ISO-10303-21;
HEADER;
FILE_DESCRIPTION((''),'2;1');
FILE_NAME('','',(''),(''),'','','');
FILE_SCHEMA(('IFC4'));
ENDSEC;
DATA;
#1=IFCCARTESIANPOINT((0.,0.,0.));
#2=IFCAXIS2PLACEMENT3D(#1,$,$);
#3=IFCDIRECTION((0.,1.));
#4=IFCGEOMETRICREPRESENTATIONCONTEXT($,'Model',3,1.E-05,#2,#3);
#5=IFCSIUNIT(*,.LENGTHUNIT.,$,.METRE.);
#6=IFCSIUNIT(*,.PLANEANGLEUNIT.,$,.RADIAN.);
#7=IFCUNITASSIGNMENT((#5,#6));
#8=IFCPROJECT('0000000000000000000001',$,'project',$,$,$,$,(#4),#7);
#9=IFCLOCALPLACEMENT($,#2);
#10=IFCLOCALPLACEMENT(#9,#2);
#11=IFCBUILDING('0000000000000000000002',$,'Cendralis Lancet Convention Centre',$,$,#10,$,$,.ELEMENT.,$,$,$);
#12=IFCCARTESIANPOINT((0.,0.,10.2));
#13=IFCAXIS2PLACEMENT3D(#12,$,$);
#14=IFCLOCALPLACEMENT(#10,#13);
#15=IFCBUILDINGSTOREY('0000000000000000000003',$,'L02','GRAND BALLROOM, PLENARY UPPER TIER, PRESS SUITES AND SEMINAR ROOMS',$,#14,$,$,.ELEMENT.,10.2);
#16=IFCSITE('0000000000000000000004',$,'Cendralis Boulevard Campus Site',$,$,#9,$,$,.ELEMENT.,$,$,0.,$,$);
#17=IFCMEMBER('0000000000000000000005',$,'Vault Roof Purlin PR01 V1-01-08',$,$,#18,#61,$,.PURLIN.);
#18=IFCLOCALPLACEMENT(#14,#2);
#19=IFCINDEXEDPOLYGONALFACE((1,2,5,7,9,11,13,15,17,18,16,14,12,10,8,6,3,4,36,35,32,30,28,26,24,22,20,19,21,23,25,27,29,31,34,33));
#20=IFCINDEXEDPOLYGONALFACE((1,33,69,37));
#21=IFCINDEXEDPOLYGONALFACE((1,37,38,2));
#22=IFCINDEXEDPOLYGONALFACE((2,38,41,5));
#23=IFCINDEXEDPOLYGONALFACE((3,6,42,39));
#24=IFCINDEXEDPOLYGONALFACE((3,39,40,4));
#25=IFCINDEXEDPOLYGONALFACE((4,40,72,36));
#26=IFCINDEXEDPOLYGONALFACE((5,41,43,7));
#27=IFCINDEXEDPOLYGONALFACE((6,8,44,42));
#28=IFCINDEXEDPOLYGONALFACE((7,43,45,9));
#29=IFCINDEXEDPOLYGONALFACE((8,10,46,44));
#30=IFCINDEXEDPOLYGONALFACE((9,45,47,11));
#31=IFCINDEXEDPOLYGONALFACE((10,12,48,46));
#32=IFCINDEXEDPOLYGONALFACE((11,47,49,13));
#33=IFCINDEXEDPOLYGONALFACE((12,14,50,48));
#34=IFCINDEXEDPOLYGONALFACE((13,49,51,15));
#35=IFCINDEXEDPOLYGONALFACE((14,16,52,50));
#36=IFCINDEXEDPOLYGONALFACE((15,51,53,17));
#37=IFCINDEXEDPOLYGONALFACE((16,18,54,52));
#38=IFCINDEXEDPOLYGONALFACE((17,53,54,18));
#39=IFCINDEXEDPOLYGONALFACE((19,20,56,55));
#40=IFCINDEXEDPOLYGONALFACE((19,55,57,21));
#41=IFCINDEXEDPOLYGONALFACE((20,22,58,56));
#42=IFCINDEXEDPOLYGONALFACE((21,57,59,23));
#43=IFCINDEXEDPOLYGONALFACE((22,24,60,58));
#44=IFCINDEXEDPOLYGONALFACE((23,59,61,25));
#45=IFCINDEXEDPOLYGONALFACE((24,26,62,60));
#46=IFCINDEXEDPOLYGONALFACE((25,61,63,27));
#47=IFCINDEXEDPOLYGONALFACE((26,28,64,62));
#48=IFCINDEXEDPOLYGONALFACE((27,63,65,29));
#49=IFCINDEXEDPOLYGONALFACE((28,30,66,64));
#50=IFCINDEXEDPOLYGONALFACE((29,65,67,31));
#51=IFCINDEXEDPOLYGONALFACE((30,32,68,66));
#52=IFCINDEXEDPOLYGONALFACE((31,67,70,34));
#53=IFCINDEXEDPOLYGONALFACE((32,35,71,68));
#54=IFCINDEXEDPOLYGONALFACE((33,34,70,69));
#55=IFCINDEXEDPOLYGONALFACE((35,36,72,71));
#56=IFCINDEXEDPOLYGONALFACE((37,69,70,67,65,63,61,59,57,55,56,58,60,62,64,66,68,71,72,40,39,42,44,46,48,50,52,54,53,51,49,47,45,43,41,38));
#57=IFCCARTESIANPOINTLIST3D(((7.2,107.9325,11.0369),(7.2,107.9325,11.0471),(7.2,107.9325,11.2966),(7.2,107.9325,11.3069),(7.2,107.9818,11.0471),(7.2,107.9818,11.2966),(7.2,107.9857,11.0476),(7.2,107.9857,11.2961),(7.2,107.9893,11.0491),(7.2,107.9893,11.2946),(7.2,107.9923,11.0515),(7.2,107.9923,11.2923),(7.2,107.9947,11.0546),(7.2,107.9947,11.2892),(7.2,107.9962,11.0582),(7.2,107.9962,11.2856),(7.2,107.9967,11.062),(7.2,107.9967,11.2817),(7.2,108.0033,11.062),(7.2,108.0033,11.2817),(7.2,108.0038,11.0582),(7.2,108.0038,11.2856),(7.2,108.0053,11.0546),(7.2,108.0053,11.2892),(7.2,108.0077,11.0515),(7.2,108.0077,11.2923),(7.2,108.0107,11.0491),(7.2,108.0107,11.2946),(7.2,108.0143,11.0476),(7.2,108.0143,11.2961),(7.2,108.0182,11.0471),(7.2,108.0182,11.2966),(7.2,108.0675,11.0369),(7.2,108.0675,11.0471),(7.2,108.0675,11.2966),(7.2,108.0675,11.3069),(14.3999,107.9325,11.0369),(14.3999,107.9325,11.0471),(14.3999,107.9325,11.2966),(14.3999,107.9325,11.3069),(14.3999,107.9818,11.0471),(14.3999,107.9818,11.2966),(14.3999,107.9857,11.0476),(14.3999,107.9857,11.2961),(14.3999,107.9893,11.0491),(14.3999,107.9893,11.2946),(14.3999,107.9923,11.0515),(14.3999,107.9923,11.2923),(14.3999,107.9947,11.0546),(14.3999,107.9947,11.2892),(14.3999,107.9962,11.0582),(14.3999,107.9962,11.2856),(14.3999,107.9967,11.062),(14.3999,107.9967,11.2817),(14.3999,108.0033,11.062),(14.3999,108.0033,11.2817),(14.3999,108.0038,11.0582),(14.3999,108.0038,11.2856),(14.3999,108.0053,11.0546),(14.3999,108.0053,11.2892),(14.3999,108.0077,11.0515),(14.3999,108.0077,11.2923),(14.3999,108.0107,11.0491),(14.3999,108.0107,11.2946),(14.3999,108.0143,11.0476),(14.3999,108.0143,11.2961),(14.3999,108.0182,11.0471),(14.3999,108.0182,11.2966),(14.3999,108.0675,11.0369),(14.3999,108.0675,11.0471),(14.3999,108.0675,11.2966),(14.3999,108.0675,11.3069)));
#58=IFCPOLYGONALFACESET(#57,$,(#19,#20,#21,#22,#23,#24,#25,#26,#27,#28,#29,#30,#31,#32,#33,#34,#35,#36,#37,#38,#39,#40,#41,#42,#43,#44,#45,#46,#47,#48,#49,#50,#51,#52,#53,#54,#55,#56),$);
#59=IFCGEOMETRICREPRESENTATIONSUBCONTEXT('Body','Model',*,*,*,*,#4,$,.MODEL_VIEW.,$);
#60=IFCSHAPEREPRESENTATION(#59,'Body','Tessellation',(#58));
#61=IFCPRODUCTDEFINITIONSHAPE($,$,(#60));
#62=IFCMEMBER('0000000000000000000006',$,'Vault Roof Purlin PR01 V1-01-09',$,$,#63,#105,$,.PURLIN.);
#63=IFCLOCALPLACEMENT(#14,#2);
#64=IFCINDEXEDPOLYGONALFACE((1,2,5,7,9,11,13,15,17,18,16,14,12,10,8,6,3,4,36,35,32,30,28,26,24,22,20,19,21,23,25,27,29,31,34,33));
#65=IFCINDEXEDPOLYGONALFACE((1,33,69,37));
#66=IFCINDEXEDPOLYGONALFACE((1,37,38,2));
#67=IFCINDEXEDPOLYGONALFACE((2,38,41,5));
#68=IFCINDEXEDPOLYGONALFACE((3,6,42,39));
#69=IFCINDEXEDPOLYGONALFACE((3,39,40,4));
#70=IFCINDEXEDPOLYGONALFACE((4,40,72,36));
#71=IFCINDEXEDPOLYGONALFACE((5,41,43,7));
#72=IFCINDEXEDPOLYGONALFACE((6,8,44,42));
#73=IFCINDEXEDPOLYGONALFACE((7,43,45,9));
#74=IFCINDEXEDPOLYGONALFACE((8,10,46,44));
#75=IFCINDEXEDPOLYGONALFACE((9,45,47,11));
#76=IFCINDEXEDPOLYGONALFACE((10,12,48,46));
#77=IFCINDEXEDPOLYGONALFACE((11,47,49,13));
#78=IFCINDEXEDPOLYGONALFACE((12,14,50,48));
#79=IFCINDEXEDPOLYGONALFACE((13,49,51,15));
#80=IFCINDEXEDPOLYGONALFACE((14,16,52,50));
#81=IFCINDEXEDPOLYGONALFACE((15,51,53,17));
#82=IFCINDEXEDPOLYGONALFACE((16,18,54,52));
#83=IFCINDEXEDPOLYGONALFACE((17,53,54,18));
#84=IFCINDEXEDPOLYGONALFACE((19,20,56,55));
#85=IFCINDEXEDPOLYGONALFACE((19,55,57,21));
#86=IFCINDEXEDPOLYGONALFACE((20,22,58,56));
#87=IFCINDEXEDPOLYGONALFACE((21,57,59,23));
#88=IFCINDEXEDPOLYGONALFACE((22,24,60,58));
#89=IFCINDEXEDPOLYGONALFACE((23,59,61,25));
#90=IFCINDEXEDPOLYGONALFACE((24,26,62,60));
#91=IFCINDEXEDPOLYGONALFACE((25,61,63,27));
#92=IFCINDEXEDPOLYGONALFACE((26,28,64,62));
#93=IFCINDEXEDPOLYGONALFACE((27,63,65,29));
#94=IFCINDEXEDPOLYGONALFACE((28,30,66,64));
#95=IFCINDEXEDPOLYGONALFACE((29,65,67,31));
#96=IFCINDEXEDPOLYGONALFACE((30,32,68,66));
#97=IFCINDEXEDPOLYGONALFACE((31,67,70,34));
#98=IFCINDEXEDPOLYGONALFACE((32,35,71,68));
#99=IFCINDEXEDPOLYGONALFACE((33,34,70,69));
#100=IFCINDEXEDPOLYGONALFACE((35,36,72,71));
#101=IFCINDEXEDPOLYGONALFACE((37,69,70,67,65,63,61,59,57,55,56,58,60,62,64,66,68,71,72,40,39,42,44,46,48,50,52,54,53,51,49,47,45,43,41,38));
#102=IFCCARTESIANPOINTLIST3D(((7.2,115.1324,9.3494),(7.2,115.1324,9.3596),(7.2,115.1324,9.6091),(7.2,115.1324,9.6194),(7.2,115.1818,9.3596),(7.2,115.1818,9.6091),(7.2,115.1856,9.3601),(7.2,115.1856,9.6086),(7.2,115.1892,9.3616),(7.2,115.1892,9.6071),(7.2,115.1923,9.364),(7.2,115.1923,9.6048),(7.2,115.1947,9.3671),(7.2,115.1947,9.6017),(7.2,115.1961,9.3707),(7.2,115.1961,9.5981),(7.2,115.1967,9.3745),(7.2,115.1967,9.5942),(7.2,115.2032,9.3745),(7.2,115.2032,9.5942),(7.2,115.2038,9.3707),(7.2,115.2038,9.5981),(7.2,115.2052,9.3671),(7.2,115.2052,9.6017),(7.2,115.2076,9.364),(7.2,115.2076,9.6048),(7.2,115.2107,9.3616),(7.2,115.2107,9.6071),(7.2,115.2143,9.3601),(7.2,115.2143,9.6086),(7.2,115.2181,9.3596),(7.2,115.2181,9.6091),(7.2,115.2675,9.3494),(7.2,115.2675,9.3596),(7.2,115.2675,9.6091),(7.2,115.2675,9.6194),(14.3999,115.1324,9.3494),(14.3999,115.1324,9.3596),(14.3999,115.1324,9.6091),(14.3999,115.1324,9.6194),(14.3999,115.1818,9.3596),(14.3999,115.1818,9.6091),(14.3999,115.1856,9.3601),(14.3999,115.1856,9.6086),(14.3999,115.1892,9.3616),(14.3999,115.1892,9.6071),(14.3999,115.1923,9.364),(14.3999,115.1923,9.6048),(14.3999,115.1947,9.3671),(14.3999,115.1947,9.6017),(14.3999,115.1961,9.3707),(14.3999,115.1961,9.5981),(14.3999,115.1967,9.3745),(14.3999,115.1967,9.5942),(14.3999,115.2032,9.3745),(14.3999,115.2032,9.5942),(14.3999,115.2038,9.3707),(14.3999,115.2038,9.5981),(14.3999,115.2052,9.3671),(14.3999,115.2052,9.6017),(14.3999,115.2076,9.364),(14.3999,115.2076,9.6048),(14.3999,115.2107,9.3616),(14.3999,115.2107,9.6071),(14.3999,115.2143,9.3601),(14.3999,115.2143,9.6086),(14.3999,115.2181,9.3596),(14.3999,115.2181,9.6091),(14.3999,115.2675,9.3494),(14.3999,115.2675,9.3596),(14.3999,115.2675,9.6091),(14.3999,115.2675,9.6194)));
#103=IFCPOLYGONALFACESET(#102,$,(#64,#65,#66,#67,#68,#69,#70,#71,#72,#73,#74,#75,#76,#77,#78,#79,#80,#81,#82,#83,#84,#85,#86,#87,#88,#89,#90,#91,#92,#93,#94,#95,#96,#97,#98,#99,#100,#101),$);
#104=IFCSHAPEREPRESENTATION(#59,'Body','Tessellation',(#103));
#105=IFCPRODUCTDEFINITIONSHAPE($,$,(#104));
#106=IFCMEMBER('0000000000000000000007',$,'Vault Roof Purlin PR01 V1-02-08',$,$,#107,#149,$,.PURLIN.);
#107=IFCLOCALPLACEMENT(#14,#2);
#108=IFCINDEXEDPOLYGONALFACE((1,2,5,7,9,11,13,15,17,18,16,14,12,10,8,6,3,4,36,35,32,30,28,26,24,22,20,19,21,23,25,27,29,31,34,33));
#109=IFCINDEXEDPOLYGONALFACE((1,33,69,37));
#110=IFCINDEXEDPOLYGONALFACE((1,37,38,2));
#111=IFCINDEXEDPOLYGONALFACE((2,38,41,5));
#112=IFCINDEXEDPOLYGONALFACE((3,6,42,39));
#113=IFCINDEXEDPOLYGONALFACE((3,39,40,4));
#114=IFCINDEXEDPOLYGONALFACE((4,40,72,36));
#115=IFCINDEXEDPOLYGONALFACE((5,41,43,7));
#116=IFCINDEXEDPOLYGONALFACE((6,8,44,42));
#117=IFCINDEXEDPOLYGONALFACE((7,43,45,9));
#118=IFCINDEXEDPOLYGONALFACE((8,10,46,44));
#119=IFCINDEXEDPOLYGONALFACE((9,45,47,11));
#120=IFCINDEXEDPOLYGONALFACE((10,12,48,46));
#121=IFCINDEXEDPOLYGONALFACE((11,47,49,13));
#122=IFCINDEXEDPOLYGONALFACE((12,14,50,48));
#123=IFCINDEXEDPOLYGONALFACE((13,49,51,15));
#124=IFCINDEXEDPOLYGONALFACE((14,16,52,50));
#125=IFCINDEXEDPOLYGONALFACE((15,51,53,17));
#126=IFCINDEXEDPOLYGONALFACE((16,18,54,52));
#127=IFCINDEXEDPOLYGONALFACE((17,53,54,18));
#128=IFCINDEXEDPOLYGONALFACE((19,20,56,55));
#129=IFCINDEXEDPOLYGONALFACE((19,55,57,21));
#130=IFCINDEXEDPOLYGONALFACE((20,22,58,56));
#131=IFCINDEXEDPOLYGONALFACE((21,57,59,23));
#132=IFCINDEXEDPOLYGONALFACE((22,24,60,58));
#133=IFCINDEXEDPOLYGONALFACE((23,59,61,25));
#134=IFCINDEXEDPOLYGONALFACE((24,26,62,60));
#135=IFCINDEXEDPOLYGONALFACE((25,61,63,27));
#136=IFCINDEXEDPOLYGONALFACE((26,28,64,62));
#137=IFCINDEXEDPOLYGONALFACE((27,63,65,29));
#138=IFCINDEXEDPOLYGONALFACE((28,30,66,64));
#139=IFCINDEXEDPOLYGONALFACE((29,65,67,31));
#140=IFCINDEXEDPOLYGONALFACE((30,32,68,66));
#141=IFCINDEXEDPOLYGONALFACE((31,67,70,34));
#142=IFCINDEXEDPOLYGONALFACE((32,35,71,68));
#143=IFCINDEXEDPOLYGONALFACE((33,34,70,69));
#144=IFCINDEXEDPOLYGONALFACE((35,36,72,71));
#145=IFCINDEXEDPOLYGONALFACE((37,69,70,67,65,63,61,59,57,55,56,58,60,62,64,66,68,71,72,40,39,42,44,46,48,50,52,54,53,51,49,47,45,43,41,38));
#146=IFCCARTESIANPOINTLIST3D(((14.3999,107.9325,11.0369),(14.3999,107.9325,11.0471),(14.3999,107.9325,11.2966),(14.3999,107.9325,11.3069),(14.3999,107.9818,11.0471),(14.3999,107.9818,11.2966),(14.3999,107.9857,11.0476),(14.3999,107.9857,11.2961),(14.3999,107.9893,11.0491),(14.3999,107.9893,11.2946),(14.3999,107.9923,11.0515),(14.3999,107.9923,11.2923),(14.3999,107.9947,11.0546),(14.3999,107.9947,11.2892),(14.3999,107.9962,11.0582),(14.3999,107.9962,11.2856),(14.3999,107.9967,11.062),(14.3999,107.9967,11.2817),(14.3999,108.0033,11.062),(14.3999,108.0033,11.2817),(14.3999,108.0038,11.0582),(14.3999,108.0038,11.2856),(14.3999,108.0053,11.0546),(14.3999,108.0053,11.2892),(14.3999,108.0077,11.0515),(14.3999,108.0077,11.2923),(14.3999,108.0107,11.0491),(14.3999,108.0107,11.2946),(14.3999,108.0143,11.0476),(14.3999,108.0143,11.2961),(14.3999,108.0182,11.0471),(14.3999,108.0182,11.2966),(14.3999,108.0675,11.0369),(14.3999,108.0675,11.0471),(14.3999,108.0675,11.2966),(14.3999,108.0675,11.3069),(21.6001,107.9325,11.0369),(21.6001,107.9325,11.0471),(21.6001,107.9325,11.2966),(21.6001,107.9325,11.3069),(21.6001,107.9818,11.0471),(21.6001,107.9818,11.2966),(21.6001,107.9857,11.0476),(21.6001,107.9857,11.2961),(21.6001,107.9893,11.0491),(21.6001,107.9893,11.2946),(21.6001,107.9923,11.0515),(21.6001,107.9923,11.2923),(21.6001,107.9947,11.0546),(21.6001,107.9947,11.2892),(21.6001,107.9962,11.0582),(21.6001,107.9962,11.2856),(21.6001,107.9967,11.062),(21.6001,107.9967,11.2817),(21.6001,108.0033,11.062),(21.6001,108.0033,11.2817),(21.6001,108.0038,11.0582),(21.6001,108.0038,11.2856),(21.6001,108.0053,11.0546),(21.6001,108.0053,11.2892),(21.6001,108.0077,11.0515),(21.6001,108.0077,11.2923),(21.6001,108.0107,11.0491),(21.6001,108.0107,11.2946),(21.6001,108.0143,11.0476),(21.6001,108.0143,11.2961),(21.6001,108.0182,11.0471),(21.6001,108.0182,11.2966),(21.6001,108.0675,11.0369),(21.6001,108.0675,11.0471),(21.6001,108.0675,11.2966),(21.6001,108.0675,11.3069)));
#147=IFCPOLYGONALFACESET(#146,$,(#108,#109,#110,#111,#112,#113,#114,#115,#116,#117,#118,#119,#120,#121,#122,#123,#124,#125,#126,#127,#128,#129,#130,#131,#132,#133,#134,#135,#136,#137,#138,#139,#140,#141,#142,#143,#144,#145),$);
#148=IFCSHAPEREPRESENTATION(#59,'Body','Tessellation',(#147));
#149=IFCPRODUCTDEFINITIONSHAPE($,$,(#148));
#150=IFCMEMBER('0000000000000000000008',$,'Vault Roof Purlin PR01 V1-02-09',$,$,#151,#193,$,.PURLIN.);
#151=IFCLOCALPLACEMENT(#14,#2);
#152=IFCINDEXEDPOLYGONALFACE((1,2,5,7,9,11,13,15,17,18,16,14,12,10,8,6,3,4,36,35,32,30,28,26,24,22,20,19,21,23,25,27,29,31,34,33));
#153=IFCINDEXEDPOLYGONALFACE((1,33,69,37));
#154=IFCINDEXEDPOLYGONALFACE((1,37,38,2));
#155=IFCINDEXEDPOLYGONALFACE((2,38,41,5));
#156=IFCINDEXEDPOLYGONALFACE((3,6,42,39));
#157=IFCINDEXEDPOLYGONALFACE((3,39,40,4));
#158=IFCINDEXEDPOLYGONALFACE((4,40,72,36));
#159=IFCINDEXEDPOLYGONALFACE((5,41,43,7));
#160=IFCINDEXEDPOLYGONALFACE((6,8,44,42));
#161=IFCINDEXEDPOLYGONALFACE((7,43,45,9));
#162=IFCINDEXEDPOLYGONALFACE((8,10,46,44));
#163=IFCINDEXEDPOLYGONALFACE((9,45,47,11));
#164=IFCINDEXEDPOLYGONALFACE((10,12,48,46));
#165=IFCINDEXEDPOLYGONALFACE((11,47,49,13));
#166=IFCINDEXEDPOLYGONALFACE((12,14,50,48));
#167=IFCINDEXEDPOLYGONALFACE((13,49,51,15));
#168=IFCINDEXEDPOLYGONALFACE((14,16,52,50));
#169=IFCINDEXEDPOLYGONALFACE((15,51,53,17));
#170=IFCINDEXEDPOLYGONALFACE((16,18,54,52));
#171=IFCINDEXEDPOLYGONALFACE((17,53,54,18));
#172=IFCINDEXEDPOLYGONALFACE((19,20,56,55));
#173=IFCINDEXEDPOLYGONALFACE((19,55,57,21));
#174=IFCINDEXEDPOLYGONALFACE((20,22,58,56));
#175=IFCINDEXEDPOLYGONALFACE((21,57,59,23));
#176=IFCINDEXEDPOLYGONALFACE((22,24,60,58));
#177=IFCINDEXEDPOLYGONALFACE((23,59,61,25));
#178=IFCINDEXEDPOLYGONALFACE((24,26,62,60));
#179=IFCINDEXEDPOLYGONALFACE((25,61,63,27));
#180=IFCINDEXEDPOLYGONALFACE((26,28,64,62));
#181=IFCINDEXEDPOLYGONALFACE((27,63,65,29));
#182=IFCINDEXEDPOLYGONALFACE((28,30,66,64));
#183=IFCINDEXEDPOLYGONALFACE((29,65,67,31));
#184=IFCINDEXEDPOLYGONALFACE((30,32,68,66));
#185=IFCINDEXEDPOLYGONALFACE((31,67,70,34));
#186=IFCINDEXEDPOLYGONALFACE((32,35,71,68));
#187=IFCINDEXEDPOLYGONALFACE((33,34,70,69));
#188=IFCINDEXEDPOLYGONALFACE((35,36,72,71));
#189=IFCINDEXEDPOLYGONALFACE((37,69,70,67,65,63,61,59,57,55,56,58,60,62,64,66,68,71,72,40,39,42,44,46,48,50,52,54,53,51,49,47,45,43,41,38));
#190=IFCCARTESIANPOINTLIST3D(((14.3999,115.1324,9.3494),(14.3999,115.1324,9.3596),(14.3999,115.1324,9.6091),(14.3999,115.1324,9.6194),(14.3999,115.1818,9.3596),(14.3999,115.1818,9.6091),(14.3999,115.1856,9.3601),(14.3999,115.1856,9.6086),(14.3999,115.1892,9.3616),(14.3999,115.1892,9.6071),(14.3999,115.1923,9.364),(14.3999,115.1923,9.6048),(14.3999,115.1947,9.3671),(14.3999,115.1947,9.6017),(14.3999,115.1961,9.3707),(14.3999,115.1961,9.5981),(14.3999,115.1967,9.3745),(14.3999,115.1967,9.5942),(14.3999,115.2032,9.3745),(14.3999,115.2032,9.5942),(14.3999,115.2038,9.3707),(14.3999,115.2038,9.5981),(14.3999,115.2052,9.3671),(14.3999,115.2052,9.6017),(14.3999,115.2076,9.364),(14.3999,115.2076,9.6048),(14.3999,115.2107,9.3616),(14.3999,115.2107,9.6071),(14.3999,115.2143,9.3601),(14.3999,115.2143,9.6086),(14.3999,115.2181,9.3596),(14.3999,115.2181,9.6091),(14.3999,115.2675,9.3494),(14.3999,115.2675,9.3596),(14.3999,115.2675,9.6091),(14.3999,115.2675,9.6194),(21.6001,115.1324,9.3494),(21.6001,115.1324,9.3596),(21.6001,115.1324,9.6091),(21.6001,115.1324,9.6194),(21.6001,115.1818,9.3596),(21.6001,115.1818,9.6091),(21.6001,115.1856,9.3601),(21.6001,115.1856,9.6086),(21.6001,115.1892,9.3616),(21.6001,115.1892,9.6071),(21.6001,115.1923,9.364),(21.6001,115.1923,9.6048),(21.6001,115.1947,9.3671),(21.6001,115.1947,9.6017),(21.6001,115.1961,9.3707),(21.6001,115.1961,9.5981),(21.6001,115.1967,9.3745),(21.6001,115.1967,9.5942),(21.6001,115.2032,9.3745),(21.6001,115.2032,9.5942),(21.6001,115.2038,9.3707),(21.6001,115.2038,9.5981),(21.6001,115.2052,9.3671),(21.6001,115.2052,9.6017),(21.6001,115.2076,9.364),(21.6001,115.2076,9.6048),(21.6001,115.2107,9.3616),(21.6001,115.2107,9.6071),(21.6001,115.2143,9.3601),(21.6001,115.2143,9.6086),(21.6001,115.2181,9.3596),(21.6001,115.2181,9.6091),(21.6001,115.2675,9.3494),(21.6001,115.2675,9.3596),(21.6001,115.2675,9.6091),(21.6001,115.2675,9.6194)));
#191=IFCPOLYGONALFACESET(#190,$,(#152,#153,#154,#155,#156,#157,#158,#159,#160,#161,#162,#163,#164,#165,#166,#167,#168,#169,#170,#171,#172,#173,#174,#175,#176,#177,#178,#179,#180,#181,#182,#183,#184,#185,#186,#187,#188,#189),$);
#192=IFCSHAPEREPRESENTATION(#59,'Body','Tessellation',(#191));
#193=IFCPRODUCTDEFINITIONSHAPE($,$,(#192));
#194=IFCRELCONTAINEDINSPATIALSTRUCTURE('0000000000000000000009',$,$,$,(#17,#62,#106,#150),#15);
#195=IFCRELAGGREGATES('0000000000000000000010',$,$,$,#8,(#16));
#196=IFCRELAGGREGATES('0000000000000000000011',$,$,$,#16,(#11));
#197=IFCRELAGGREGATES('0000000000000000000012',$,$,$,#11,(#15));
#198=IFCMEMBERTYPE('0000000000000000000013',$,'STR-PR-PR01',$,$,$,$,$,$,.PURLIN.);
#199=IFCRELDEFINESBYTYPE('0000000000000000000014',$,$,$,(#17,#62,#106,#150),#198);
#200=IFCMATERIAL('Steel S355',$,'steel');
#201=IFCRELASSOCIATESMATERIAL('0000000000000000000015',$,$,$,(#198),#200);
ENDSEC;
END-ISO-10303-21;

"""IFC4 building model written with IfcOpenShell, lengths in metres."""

from ifc_helpers import new_model, si_unit, direction, frame, origin, origin_2d, place, context, subcontext, project, spatial, i_section, extrude, material, material_profile, profile_set, type_object, element, save


model = new_model("IFC4")

# Units and contexts
model_context = context("Model", 3, precision=1e-05, world=origin(), true_north=direction((0.0, 1.0)))
body_context = subcontext(model_context, "Body", "Model", "MODEL_VIEW")
ifc_project = project(units=[si_unit("LENGTHUNIT", "METRE"), si_unit("PLANEANGLEUNIT", "RADIAN")], contexts=[model_context])

# Site, building, storey
site_placement = place(None, origin())
site = spatial("IfcSite", under=ifc_project, at=site_placement, Name="Cendralis Boulevard Campus Site", CompositionType="ELEMENT", RefElevation=0.0)
building_placement = place(site_placement, origin())
building = spatial("IfcBuilding", under=site, at=building_placement, Name="Cendralis Lancet Convention Centre", CompositionType="ELEMENT")
storey_placement = place(building_placement, frame((0.0, 0.0, 10.2)))
storey = spatial("IfcBuildingStorey", under=building, at=storey_placement, Name="L02", Description="GRAND BALLROOM, PLENARY UPPER TIER, PRESS SUITES AND SEMINAR ROOMS", CompositionType="ELEMENT", Elevation=10.2)

# Members
ifc_material = material(Name="Steel S355", Category="steel")
ifc_material_profile_1 = material_profile(ifc_material, i_section(OverallWidth=0.135, OverallDepth=0.27, WebThickness=0.0066, FlangeThickness=0.0103, FilletRadius=0.0149, at=origin_2d()), Name="IPE 270")
ifc_profile_set_1 = profile_set([ifc_material_profile_1], Name="Steel S355")
member_type_1 = type_object("IfcMemberType", Name="STR-PR-PR01", PredefinedType="PURLIN", material=ifc_profile_set_1)
for number, where, z_axis, x_axis, name in (
    (1, (7.2, 108.0, 11.1719), (1.0, 0.0, 0.0), (0.0, 1.0, 0.0), "Vault Roof Purlin PR01 V1-01-08"),
    (2, (7.2, 115.2, 9.4844), (1.0, 0.0, 0.0), (0.0, 1.0, 0.0), "Vault Roof Purlin PR01 V1-01-09"),
):
    element("IfcMember", number, at=place(storey_placement, frame(where, z_axis=z_axis, x_axis=x_axis)), inside=storey, type_object=member_type_1, Name=name, PredefinedType="PURLIN", context=body_context, shape_type="SweptSolid", body=[
        extrude(i_section(OverallWidth=0.135, OverallDepth=0.27, WebThickness=0.0066, FlangeThickness=0.0103, FilletRadius=0.0149, at=origin_2d()), origin(), (0.0, 0.0, 1.0), 7.2),
    ])
for number, where, z_axis, x_axis, name in (
    (3, (14.3999, 108.0, 11.1719), (1.0, 0.0, 0.0), (0.0, 1.0, 0.0), "Vault Roof Purlin PR01 V1-02-08"),
    (4, (14.3999, 115.2, 9.4844), (1.0, 0.0, 0.0), (0.0, 1.0, 0.0), "Vault Roof Purlin PR01 V1-02-09"),
):
    element("IfcMember", number, at=place(storey_placement, frame(where, z_axis=z_axis, x_axis=x_axis)), inside=storey, type_object=member_type_1, Name=name, PredefinedType="PURLIN", context=body_context, shape_type="SweptSolid", body=[
        extrude(i_section(OverallWidth=0.135, OverallDepth=0.27, WebThickness=0.0066, FlangeThickness=0.0103, FilletRadius=0.0149, at=origin_2d()), origin(), (0.0, 0.0, 1.0), 7.2002),
    ])

save(model, "model.ifc")
